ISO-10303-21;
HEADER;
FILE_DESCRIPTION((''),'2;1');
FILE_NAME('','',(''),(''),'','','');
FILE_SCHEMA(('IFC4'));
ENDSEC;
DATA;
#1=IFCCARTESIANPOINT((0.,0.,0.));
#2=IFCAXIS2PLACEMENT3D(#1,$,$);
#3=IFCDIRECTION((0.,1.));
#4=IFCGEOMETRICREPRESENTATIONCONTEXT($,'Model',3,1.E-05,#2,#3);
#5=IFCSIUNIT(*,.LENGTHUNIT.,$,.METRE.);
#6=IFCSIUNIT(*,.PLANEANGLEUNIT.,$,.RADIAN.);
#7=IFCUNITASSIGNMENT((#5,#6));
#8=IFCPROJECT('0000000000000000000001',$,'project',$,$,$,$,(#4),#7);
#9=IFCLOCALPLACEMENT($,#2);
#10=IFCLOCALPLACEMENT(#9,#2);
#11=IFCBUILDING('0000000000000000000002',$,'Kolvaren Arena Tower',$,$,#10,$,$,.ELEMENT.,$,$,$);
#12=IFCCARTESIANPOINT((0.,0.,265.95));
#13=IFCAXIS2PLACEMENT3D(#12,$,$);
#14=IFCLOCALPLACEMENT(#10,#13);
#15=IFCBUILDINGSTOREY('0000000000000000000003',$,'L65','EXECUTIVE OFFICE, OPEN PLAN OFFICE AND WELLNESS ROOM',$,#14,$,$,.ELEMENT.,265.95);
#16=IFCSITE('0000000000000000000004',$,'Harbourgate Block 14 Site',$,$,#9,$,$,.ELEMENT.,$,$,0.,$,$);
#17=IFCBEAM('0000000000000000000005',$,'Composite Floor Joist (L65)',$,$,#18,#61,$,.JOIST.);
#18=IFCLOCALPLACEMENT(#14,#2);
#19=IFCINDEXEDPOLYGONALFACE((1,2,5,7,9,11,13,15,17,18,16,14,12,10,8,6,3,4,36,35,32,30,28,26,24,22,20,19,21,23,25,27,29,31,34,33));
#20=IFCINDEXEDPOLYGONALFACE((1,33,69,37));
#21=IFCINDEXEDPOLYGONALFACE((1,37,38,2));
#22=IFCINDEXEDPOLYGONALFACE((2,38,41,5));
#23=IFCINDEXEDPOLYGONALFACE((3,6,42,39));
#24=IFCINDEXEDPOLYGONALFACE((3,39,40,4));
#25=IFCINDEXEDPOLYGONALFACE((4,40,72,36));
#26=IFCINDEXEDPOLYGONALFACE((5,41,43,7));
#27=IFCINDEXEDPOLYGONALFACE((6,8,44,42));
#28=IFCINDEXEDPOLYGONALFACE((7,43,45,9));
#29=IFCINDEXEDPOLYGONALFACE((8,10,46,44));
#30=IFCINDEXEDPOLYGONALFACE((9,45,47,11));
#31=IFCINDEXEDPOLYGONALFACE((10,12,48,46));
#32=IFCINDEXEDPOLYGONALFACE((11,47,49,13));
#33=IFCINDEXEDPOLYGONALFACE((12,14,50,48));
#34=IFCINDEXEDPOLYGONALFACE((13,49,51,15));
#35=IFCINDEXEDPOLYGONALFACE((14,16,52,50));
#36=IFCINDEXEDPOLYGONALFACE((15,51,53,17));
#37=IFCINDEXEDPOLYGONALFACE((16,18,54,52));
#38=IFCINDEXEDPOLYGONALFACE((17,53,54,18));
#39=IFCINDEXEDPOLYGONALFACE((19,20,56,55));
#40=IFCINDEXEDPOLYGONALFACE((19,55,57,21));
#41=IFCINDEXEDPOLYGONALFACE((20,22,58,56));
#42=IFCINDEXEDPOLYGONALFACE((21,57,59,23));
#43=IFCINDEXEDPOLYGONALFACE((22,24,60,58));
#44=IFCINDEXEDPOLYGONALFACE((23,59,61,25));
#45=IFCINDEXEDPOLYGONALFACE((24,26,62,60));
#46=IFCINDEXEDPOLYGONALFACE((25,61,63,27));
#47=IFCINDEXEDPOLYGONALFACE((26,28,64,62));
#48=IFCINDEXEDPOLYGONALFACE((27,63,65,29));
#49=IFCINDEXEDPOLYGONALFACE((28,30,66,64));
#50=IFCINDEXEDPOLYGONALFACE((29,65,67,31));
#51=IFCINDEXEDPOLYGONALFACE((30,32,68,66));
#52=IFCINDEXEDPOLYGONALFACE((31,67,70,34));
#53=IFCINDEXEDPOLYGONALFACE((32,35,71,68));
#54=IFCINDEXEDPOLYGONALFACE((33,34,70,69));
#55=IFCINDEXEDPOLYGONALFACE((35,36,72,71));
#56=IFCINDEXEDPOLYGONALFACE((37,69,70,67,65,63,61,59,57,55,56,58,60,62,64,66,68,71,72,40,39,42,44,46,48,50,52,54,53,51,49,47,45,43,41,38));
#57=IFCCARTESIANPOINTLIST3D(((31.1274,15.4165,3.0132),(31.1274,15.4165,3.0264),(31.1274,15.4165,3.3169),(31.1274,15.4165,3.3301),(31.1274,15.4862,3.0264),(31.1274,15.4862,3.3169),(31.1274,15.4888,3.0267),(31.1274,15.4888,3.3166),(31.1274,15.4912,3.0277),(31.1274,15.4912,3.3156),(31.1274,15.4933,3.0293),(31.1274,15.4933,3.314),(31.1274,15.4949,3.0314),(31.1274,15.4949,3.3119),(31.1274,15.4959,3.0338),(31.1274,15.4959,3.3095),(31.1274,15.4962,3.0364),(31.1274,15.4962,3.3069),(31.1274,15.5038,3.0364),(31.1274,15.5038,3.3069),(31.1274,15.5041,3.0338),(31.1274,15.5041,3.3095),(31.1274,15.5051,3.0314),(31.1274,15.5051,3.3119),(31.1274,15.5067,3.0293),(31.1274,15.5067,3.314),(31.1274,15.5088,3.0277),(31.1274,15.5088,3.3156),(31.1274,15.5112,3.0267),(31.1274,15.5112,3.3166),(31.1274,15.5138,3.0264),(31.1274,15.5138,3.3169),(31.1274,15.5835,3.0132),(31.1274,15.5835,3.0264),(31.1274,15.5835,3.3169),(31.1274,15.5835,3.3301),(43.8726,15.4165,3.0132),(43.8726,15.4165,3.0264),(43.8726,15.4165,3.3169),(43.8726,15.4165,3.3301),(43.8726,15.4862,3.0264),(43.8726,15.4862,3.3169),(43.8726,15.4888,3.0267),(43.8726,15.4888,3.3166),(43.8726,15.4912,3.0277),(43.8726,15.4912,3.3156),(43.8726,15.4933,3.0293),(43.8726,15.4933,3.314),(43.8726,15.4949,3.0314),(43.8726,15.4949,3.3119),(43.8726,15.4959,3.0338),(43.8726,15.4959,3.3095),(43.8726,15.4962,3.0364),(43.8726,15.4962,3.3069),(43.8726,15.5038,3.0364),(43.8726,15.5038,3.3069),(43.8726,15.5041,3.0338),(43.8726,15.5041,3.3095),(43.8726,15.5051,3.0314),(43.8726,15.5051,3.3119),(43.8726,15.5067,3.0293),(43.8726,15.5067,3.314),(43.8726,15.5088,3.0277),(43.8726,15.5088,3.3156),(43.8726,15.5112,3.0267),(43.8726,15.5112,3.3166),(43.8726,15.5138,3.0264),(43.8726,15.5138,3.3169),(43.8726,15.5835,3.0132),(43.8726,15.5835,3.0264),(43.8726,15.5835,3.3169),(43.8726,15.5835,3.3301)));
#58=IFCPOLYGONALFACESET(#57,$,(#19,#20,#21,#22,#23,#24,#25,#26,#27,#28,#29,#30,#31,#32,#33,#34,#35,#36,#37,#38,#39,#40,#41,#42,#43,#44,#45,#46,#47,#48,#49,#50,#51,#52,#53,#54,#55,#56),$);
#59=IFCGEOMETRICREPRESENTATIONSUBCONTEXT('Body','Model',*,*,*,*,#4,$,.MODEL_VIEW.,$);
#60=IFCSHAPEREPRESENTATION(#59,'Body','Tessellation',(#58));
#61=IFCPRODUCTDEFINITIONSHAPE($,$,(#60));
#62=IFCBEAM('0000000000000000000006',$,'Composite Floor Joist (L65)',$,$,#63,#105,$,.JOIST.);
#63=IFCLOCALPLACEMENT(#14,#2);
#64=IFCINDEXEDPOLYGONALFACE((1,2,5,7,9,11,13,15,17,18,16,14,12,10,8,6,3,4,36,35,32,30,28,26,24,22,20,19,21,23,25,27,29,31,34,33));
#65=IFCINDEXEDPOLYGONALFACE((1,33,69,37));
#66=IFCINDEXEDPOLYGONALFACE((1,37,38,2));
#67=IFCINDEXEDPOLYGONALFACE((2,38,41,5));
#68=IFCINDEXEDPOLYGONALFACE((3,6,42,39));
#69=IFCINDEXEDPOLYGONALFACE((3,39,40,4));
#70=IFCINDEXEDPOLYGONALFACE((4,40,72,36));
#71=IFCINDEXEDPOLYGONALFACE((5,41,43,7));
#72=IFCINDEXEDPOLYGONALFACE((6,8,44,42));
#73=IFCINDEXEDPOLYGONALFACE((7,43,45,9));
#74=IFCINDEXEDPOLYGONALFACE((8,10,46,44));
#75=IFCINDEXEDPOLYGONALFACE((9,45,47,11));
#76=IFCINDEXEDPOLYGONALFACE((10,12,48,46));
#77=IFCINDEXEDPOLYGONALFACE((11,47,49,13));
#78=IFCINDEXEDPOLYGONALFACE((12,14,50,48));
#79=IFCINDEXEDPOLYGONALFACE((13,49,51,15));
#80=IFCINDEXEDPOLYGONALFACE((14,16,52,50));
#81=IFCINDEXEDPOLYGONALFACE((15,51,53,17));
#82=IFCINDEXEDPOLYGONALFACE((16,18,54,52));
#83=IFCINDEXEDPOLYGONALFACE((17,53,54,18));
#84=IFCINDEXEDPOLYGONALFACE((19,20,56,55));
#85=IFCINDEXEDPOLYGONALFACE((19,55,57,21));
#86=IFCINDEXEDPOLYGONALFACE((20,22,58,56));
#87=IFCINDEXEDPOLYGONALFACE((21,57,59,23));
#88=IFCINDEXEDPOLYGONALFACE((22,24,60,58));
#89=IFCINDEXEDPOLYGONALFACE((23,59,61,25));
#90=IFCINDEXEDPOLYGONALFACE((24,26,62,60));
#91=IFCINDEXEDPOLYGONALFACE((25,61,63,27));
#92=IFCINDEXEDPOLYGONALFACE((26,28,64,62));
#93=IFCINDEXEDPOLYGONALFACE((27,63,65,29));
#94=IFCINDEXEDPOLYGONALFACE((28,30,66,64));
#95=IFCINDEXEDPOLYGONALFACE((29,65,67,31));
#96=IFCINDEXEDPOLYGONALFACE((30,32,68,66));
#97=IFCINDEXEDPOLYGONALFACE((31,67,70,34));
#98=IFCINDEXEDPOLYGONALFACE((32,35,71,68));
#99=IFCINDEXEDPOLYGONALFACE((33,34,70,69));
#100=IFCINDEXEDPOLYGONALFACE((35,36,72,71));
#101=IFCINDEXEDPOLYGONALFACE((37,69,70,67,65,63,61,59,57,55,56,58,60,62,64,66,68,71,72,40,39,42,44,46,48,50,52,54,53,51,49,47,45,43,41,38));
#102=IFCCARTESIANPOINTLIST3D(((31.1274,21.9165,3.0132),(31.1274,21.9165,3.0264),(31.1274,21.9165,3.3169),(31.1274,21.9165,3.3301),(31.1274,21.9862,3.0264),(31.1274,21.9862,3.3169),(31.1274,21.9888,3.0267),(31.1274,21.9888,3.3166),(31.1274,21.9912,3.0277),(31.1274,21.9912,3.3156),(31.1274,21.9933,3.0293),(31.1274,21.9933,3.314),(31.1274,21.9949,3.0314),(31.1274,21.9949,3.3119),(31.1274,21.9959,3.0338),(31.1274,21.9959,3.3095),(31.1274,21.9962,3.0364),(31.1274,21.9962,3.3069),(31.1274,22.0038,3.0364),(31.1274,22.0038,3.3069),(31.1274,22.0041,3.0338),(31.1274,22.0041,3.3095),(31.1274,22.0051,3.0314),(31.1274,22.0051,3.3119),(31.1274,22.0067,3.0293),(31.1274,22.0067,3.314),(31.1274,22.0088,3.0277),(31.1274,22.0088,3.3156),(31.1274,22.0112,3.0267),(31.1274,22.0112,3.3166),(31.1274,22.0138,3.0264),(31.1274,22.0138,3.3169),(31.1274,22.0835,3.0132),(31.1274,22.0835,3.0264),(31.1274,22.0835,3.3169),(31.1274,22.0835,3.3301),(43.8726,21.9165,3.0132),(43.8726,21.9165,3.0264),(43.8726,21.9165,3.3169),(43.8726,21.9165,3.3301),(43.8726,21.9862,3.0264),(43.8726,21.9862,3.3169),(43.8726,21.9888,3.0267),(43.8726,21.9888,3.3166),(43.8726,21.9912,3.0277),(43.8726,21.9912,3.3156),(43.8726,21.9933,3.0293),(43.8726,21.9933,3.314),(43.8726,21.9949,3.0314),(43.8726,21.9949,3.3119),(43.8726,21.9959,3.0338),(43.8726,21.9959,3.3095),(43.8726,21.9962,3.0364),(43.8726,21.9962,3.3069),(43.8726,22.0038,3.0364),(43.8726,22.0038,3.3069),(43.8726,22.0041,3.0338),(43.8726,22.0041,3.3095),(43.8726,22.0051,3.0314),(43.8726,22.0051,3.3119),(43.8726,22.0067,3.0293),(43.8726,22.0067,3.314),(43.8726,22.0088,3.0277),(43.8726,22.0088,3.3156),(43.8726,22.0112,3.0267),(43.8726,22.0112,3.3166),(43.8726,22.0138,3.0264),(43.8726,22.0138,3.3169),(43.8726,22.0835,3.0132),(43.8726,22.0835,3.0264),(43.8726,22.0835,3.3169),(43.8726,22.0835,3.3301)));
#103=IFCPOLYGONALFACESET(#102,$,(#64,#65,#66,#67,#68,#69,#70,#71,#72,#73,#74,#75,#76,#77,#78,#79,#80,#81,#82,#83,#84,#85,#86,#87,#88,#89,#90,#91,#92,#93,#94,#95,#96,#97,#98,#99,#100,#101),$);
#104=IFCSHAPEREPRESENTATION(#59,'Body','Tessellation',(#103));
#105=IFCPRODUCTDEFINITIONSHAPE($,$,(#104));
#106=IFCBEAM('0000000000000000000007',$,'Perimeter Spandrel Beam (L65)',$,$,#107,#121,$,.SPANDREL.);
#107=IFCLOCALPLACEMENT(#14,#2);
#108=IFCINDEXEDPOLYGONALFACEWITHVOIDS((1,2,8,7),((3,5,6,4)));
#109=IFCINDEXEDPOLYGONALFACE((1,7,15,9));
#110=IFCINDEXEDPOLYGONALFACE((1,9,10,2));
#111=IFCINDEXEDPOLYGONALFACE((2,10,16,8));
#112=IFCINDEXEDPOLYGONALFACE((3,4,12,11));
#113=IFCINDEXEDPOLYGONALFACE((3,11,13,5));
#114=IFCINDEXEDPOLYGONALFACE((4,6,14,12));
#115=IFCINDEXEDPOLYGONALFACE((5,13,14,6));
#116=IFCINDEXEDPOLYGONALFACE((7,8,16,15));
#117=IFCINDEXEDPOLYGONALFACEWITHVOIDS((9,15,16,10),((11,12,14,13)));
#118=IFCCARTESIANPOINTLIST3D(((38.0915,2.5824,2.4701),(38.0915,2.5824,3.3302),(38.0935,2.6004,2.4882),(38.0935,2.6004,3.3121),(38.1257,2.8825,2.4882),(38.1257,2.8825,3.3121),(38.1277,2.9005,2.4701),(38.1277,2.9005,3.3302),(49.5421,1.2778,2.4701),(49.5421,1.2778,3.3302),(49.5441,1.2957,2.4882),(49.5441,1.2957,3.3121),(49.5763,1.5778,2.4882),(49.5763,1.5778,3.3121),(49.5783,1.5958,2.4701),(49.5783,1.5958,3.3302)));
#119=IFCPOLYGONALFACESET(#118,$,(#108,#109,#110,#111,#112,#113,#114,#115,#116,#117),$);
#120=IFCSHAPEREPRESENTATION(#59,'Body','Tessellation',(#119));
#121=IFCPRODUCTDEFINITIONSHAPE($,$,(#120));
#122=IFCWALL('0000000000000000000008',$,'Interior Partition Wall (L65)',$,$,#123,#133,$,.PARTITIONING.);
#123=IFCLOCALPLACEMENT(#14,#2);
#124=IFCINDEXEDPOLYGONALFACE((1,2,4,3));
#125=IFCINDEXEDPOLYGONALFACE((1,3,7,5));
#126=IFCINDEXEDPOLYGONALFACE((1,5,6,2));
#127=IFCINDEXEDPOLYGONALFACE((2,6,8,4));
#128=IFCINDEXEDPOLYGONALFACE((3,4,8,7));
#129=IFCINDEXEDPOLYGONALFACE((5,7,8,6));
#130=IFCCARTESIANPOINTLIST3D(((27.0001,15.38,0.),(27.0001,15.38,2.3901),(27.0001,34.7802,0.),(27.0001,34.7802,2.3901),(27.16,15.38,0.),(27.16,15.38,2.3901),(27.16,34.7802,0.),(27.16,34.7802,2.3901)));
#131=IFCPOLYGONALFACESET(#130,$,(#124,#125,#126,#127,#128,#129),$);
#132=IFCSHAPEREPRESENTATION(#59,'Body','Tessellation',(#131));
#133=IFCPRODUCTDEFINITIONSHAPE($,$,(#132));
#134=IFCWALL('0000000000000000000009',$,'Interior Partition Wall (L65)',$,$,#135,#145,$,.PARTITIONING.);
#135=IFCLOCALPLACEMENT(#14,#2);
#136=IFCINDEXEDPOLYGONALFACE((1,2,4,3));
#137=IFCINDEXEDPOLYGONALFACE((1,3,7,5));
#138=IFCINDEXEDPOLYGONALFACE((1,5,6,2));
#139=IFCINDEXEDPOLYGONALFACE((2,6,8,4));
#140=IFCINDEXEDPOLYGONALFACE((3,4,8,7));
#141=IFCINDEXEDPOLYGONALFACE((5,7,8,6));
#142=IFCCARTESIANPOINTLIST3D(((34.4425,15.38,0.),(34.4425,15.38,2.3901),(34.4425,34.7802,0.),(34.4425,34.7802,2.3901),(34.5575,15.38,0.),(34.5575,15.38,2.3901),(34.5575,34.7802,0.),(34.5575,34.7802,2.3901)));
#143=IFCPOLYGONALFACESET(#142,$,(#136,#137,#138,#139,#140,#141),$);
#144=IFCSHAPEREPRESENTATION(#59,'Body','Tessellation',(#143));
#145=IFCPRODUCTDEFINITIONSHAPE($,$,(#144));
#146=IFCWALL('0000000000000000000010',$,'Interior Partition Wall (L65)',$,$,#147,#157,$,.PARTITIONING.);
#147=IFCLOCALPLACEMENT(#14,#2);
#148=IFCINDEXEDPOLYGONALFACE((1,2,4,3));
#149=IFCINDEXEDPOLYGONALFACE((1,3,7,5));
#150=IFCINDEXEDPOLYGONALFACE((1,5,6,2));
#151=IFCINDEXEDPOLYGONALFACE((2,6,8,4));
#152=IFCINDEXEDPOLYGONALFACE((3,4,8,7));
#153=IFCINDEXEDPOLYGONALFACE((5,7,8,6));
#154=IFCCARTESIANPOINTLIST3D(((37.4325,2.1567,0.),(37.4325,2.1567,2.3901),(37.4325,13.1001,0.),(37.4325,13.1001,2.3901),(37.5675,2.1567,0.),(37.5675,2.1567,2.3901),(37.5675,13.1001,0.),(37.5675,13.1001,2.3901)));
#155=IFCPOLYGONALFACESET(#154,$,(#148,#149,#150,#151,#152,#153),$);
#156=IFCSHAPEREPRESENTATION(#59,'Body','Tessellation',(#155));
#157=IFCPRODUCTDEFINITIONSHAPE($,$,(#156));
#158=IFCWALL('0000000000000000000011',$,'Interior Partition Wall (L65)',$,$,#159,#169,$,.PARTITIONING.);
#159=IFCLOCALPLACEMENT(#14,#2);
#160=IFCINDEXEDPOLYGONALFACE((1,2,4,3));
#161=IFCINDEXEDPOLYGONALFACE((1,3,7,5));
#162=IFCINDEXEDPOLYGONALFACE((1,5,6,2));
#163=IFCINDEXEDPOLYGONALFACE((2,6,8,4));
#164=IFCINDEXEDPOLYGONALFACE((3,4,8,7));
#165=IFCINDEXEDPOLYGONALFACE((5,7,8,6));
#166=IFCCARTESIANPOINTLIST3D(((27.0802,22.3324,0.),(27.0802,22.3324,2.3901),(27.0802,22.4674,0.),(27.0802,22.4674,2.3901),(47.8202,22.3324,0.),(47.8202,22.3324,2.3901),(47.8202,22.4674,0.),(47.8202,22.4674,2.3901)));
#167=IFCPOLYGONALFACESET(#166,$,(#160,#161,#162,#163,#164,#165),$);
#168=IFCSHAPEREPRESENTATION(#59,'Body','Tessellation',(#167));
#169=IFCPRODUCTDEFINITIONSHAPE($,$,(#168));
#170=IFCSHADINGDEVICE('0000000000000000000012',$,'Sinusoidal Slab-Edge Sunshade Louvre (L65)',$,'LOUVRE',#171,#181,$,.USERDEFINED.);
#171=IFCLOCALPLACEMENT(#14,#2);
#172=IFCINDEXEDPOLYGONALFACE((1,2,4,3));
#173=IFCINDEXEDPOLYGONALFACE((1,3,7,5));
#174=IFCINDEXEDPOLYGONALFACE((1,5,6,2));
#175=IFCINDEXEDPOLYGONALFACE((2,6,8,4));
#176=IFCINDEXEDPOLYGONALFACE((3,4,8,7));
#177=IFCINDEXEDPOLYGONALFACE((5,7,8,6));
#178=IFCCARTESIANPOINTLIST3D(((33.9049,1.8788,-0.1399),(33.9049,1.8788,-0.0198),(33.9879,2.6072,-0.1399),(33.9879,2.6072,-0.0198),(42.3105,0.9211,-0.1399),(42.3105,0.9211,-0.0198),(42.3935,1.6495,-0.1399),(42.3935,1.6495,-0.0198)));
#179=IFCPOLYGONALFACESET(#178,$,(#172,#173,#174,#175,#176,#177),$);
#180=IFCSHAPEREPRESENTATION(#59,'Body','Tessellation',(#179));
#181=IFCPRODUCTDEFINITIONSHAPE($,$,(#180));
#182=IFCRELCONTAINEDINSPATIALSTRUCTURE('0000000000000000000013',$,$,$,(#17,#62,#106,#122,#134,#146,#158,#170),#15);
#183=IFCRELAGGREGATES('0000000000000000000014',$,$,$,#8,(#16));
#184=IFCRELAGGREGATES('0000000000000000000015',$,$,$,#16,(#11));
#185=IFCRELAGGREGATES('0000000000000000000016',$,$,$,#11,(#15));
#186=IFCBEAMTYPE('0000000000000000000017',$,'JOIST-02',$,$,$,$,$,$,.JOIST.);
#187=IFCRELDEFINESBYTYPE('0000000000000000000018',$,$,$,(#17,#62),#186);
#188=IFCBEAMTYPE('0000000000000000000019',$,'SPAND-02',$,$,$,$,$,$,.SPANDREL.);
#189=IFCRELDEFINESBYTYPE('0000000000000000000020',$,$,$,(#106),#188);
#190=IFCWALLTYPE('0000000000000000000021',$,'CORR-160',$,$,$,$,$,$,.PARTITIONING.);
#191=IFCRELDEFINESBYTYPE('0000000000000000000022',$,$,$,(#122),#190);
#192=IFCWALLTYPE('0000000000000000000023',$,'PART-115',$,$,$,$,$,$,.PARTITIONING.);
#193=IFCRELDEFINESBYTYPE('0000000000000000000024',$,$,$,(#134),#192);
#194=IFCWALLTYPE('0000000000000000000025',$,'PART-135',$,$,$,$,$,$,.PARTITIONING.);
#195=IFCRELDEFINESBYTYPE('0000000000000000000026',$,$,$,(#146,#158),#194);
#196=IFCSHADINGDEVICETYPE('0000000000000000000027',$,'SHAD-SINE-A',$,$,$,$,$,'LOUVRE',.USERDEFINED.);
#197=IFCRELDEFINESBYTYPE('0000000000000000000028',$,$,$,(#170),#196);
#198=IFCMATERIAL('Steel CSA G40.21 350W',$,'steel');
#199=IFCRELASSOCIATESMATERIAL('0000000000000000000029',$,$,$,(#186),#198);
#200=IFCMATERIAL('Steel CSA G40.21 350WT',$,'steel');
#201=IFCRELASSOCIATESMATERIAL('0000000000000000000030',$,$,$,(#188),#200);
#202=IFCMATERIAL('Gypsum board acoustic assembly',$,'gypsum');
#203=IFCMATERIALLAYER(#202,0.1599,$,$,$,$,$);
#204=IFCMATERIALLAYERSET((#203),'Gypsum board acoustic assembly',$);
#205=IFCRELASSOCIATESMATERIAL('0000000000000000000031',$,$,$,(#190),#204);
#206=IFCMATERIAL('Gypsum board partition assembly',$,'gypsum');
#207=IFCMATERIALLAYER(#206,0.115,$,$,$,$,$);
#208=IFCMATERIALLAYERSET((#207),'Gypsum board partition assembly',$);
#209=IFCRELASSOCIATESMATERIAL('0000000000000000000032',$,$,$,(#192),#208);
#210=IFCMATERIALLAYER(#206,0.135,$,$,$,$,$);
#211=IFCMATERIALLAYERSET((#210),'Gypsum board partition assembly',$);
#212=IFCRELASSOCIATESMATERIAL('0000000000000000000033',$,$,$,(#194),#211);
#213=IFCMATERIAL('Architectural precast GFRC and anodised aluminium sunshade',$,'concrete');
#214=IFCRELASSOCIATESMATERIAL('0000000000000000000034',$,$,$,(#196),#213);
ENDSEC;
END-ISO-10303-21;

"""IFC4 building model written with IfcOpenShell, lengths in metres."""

from ifc_helpers import new_model, si_unit, direction, frame, frame_2d, origin, origin_2d, place, context, subcontext, project, spatial, rectangle, hollow_rectangle, i_section, extrude, material, layer, layer_set, material_profile, profile_set, type_object, element, save


model = new_model("IFC4")

# Units and contexts
model_context = context("Model", 3, precision=1e-05, world=origin(), true_north=direction((0.0, 1.0)))
body_context = subcontext(model_context, "Body", "Model", "MODEL_VIEW")
ifc_project = project(units=[si_unit("LENGTHUNIT", "METRE"), si_unit("PLANEANGLEUNIT", "RADIAN")], contexts=[model_context])

# Site, building, storey
site_placement = place(None, origin())
site = spatial("IfcSite", under=ifc_project, at=site_placement, Name="Harbourgate Block 14 Site", CompositionType="ELEMENT", RefElevation=0.0)
building_placement = place(site_placement, origin())
building = spatial("IfcBuilding", under=site, at=building_placement, Name="Kolvaren Arena Tower", CompositionType="ELEMENT")
storey_placement = place(building_placement, frame((0.0, 0.0, 265.95)))
storey = spatial("IfcBuildingStorey", under=building, at=storey_placement, Name="L65", Description="EXECUTIVE OFFICE, OPEN PLAN OFFICE AND WELLNESS ROOM", CompositionType="ELEMENT", Elevation=265.95)

# Beams
ifc_material_1 = material(Name="Steel CSA G40.21 350W", Category="steel")
ifc_material_profile_1 = material_profile(ifc_material_1, i_section(OverallWidth=0.167, OverallDepth=0.3169, WebThickness=0.0076, FlangeThickness=0.0132, FilletRadius=0.01, at=origin_2d()), Name="W310x52")
ifc_profile_set_1 = profile_set([ifc_material_profile_1], Name="Steel CSA G40.21 350W")
beam_type_1 = type_object("IfcBeamType", Name="JOIST-02", PredefinedType="JOIST", material=ifc_profile_set_1)
for number, where, z_axis, x_axis, name in (
    (1, (31.1274, 15.5, 3.1716), (1.0, 0.0, 0.0), (0.0, 1.0, 0.0), "Composite Floor Joist (L65)"),
    (2, (31.1274, 22.0, 3.1716), (1.0, 0.0, 0.0), (0.0, 1.0, 0.0), "Composite Floor Joist (L65)"),
):
    element("IfcBeam", number, at=place(storey_placement, frame(where, z_axis=z_axis, x_axis=x_axis)), inside=storey, type_object=beam_type_1, Name=name, PredefinedType="JOIST", context=body_context, shape_type="SweptSolid", body=[
        extrude(i_section(OverallWidth=0.167, OverallDepth=0.3169, WebThickness=0.0076, FlangeThickness=0.0132, FilletRadius=0.01, at=origin_2d()), origin(), (0.0, 0.0, 1.0), 12.7451),
    ])
ifc_material_2 = material(Name="Steel CSA G40.21 350WT", Category="steel")
ifc_material_profile_2 = material_profile(ifc_material_2, hollow_rectangle(XDim=0.3201, YDim=0.8601, WallThickness=0.0181, at=origin_2d()), Name="HSS 860x320x18")
ifc_profile_set_2 = profile_set([ifc_material_profile_2], Name="Steel CSA G40.21 350WT")
beam_type_2 = type_object("IfcBeamType", Name="SPAND-02", PredefinedType="SPANDREL", material=ifc_profile_set_2)
beam_1_placement = place(storey_placement, frame((38.1096, 2.7415, 2.9001), z_axis=(0.993571, -0.113207, 0.0), x_axis=(0.113207, 0.993571, 0.0)))
element("IfcBeam", 3, at=beam_1_placement, inside=storey, type_object=beam_type_2, Name="Perimeter Spandrel Beam (L65)", PredefinedType="SPANDREL", context=body_context, shape_type="SweptSolid", body=[
    extrude(hollow_rectangle(XDim=0.3201, YDim=0.8601, WallThickness=0.0181, at=origin_2d()), origin(), (0.0, 0.0, 1.0), 11.5247),
])

# Walls
ifc_material_3 = material(Name="Gypsum board acoustic assembly", Category="gypsum")
ifc_layer_1 = layer(ifc_material_3, 0.1599)
ifc_layer_set_1 = layer_set([ifc_layer_1], Name="Gypsum board acoustic assembly")
wall_type_1 = type_object("IfcWallType", Name="CORR-160", PredefinedType="PARTITIONING", material=ifc_layer_set_1)
wall_1_placement = place(storey_placement, frame((27.0801, 15.3799, 0.0), z_axis=(0.0, 0.0, 1.0), x_axis=(0.0, 1.0, 0.0)))
element("IfcWall", 4, at=wall_1_placement, inside=storey, type_object=wall_type_1, Name="Interior Partition Wall (L65)", PredefinedType="PARTITIONING", context=body_context, shape_type="SweptSolid", body=[
    extrude(rectangle(XDim=19.4001, YDim=0.1599, at=frame_2d((9.7002, 0.0))), origin(), (0.0, 0.0, 1.0), 2.3901),
])
ifc_material_4 = material(Name="Gypsum board partition assembly", Category="gypsum")
ifc_layer_2 = layer(ifc_material_4, 0.115)
ifc_layer_set_2 = layer_set([ifc_layer_2], Name="Gypsum board partition assembly")
wall_type_2 = type_object("IfcWallType", Name="PART-115", PredefinedType="PARTITIONING", material=ifc_layer_set_2)
wall_2_placement = place(storey_placement, frame((34.5, 15.3799, 0.0), z_axis=(0.0, 0.0, 1.0), x_axis=(0.0, 1.0, 0.0)))
element("IfcWall", 5, at=wall_2_placement, inside=storey, type_object=wall_type_2, Name="Interior Partition Wall (L65)", PredefinedType="PARTITIONING", context=body_context, shape_type="SweptSolid", body=[
    extrude(rectangle(XDim=19.4001, YDim=0.115, at=frame_2d((9.7002, 0.0))), origin(), (0.0, 0.0, 1.0), 2.3901),
])
ifc_layer_3 = layer(ifc_material_4, 0.135)
ifc_layer_set_3 = layer_set([ifc_layer_3], Name="Gypsum board partition assembly")
wall_type_3 = type_object("IfcWallType", Name="PART-135", PredefinedType="PARTITIONING", material=ifc_layer_set_3)
wall_3_placement = place(storey_placement, frame((37.5, 2.1567, 0.0), z_axis=(0.0, 0.0, 1.0), x_axis=(0.0, 1.0, 0.0)))
element("IfcWall", 6, at=wall_3_placement, inside=storey, type_object=wall_type_3, Name="Interior Partition Wall (L65)", PredefinedType="PARTITIONING", context=body_context, shape_type="SweptSolid", body=[
    extrude(rectangle(XDim=10.9434, YDim=0.135, at=frame_2d((5.4717, 0.0))), origin(), (0.0, 0.0, 1.0), 2.3901),
])
wall_4_placement = place(storey_placement, frame((27.0801, 22.3999, 0.0), z_axis=(0.0, 0.0, 1.0), x_axis=(1.0, 0.0, 0.0)))
element("IfcWall", 7, at=wall_4_placement, inside=storey, type_object=wall_type_3, Name="Interior Partition Wall (L65)", PredefinedType="PARTITIONING", context=body_context, shape_type="SweptSolid", body=[
    extrude(rectangle(XDim=20.74, YDim=0.135, at=frame_2d((10.3701, 0.0))), origin(), (0.0, 0.0, 1.0), 2.3901),
])

# Shading device
ifc_material_5 = material(Name="Architectural precast GFRC and anodised aluminium sunshade", Category="concrete")
shading_device_type_1 = type_object("IfcShadingDeviceType", Name="SHAD-SINE-A", ElementType="LOUVRE", PredefinedType="USERDEFINED", material=ifc_material_5)
shading_device_1_placement = place(storey_placement, frame((38.1492, 1.7642, -0.1399), z_axis=(0.0, 0.0, 1.0), x_axis=(-0.993572, 0.113205, 0.0)))
element("IfcShadingDevice", 8, at=shading_device_1_placement, inside=storey, type_object=shading_device_type_1, Name="Sinusoidal Slab-Edge Sunshade Louvre (L65)", ObjectType="LOUVRE", PredefinedType="USERDEFINED", context=body_context, shape_type="SweptSolid", body=[
    extrude(rectangle(XDim=8.46, YDim=0.7332, at=origin_2d()), origin(), (0.0, 0.0, 1.0), 0.1201),
])

save(model, "model.ifc")
